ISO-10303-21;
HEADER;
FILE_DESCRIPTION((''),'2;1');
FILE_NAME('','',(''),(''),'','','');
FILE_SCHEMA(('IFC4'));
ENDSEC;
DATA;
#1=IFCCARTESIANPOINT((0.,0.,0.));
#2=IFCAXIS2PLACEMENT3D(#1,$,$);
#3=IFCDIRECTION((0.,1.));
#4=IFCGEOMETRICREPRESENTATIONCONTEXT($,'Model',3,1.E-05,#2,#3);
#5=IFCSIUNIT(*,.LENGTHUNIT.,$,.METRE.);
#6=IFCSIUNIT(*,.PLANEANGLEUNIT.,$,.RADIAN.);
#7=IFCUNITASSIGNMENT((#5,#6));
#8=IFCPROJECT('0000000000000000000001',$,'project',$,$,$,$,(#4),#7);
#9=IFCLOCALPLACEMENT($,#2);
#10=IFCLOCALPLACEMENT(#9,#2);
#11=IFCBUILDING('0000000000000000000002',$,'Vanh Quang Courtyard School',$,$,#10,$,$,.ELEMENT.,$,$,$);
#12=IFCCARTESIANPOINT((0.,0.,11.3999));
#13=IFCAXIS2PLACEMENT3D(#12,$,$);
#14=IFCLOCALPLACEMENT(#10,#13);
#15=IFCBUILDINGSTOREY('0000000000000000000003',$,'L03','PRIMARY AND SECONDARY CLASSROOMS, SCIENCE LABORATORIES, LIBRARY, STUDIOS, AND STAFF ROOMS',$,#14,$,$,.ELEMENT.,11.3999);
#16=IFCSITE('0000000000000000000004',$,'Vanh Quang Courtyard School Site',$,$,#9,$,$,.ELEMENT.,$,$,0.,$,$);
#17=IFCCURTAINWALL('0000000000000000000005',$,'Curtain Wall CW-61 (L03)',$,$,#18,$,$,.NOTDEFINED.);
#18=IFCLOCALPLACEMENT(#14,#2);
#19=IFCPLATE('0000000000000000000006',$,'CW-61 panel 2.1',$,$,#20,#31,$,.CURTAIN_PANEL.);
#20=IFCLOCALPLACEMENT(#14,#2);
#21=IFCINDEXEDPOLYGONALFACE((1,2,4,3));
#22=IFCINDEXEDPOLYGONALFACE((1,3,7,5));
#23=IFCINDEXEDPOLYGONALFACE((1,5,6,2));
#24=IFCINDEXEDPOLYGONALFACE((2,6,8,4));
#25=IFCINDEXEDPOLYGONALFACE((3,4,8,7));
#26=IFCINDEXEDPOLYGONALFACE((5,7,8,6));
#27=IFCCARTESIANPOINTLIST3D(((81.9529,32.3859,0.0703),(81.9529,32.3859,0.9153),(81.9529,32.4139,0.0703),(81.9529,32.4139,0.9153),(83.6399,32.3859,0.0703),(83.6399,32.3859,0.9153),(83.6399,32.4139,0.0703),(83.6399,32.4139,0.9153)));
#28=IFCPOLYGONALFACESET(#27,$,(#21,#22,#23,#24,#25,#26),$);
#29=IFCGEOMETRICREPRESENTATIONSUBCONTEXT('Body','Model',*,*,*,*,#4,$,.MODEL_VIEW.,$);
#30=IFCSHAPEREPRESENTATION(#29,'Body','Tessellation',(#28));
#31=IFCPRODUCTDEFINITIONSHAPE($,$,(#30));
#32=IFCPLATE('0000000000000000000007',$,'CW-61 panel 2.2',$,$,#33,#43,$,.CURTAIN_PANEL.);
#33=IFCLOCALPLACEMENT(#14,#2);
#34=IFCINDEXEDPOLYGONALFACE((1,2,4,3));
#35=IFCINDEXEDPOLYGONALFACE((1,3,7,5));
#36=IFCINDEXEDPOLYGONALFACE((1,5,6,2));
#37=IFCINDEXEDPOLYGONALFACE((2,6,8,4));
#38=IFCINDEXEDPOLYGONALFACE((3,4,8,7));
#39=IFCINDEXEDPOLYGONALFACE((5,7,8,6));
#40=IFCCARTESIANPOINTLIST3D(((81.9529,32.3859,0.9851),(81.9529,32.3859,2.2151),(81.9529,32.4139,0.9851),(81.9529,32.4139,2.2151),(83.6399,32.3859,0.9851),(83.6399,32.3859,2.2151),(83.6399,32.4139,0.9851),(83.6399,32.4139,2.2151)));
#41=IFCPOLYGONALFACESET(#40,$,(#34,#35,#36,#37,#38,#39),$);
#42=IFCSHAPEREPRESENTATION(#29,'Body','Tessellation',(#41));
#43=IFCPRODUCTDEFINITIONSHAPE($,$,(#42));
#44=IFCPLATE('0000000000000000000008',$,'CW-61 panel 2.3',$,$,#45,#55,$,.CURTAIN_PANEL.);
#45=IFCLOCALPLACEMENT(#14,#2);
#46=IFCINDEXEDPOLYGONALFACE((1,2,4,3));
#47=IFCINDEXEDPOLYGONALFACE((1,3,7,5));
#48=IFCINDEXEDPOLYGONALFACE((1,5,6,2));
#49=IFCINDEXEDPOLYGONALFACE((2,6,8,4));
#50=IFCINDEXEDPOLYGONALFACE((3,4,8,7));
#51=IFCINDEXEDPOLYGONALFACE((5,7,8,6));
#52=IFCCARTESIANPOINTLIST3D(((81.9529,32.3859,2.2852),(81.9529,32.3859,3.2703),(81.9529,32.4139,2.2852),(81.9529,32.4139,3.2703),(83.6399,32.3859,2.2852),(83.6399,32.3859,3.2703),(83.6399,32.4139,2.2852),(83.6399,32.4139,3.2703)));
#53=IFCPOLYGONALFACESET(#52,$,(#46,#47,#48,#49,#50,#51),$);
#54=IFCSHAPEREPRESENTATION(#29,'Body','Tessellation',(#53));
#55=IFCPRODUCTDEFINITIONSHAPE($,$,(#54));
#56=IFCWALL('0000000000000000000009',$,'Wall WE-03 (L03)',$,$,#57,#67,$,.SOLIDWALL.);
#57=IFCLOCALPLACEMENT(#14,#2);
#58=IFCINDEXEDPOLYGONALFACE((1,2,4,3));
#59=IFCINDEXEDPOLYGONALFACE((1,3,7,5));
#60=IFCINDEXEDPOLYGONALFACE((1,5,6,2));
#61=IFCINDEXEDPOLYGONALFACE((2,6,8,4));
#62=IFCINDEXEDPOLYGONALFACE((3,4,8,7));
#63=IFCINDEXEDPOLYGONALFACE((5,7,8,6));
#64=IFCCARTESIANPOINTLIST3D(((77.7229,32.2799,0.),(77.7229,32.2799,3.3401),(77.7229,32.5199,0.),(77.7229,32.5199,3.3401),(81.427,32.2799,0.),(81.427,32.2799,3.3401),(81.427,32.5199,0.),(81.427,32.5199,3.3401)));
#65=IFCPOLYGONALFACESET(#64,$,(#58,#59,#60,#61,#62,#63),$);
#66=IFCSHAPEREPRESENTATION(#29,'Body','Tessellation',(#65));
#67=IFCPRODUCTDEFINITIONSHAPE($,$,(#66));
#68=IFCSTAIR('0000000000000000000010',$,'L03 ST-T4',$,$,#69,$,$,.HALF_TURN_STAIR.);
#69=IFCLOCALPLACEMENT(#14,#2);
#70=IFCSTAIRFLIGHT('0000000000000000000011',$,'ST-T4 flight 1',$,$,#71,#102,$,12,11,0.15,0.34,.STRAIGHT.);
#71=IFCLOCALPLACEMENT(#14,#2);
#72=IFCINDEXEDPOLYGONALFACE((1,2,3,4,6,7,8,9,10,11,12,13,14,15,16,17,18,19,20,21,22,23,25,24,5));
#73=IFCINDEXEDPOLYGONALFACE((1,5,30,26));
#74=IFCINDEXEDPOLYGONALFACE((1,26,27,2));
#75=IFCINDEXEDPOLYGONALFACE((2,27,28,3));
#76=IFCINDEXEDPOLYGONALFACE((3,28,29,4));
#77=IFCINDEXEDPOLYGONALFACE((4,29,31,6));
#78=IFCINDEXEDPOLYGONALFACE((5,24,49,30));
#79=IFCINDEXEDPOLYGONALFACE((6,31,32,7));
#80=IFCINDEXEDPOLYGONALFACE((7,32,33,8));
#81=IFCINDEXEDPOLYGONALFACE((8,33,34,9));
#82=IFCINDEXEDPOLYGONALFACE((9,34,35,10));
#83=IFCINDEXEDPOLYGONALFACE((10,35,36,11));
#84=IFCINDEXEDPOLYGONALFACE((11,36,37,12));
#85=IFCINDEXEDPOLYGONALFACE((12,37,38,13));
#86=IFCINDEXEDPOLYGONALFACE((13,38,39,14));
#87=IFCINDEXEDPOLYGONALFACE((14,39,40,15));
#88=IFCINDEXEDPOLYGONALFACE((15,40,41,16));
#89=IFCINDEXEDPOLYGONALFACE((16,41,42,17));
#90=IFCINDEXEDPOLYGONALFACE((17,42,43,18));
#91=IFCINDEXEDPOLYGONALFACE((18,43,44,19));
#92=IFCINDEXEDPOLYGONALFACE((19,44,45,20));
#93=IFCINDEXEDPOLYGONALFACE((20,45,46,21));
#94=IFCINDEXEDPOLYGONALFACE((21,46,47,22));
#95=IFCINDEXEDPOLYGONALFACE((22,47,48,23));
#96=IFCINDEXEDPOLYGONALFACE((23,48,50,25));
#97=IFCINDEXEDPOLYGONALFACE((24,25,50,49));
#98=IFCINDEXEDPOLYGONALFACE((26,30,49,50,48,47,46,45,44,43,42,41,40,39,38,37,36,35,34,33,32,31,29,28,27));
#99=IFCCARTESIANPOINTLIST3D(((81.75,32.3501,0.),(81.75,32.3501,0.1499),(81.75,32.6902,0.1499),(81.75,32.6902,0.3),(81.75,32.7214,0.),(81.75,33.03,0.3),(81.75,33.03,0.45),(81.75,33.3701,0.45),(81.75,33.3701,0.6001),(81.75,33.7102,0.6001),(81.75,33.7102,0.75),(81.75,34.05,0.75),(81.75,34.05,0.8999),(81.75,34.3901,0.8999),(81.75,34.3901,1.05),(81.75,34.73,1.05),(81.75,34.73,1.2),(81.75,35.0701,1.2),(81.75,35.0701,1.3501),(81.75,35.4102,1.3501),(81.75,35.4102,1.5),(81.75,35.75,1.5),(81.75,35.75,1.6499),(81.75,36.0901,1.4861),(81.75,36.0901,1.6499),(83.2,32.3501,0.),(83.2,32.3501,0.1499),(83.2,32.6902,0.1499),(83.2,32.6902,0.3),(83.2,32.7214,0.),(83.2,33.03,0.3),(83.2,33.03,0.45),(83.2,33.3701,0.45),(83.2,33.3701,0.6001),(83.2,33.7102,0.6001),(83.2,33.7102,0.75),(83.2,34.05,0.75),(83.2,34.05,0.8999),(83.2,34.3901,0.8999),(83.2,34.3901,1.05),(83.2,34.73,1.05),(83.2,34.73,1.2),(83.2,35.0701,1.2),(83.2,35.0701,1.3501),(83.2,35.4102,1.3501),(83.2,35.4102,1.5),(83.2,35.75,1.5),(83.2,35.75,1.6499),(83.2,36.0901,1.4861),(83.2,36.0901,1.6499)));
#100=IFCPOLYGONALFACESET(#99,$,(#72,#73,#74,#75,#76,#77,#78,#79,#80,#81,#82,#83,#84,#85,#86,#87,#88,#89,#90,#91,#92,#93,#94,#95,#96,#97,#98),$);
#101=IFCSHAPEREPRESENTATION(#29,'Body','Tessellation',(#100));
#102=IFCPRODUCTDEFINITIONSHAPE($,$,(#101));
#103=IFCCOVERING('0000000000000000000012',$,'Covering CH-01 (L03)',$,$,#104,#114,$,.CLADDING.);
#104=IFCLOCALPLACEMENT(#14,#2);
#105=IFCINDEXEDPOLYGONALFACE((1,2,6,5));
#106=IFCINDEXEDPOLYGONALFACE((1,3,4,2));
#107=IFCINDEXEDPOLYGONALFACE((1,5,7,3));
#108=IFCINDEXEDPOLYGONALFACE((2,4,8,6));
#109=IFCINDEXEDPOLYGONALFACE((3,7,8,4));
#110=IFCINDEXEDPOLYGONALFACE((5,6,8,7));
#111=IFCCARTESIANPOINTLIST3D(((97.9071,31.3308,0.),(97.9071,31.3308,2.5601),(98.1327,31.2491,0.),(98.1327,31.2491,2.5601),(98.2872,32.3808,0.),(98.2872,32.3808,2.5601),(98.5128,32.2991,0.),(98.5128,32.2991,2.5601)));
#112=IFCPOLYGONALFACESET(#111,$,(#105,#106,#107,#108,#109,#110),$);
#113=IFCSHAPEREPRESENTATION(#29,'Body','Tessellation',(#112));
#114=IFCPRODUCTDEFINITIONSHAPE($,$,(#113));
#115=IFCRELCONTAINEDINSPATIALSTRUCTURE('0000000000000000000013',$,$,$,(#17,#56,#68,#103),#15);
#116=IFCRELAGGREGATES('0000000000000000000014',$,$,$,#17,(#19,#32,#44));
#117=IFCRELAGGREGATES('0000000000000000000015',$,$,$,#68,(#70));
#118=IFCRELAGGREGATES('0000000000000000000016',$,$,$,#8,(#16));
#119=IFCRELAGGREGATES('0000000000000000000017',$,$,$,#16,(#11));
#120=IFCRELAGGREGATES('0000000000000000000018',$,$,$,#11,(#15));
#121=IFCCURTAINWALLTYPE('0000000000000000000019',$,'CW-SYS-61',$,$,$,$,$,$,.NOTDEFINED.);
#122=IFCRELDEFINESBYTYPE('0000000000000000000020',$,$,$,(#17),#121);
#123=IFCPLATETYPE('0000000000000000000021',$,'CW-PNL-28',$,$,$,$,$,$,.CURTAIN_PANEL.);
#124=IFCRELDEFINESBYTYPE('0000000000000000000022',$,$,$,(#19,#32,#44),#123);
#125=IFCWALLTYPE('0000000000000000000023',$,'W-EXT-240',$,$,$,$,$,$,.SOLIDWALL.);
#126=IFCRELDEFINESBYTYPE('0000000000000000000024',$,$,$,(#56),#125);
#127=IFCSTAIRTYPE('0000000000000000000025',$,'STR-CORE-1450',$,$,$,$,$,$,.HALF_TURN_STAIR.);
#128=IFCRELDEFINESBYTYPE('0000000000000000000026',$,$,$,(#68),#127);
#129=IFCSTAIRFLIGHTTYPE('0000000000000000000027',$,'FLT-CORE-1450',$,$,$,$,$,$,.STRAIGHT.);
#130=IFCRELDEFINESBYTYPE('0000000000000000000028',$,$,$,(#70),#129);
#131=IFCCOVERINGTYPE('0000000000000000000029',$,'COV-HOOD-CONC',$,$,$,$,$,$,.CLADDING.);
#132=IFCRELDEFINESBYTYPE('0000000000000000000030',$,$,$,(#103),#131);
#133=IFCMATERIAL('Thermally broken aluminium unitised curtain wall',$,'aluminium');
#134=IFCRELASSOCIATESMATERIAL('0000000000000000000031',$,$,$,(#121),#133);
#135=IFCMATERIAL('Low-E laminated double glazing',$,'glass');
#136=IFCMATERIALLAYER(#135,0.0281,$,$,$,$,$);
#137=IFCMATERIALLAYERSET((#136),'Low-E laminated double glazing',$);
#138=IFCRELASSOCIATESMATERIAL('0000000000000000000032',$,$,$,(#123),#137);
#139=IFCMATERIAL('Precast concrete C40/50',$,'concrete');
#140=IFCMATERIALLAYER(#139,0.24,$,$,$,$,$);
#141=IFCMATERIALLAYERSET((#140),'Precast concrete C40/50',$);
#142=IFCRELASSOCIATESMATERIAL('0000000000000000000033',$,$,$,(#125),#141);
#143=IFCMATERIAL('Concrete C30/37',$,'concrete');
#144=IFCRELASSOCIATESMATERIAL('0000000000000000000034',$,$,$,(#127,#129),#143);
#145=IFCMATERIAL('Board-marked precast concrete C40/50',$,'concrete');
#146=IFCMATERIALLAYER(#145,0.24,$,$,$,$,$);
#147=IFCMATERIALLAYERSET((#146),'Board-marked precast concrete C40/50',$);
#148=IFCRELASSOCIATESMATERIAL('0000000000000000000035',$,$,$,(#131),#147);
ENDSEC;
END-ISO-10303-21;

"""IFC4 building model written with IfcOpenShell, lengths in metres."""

from ifc_helpers import new_model, si_unit, direction, frame, frame_2d, origin, origin_2d, place, context, subcontext, project, spatial, polyline, rectangle, outline, extrude, material, layer, layer_set, type_object, element, aggregate, save


model = new_model("IFC4")

# Units and contexts
model_context = context("Model", 3, precision=1e-05, world=origin(), true_north=direction((0.0, 1.0)))
body_context = subcontext(model_context, "Body", "Model", "MODEL_VIEW")
ifc_project = project(units=[si_unit("LENGTHUNIT", "METRE"), si_unit("PLANEANGLEUNIT", "RADIAN")], contexts=[model_context])

# Site, building, storey
site_placement = place(None, origin())
site = spatial("IfcSite", under=ifc_project, at=site_placement, Name="Vanh Quang Courtyard School Site", CompositionType="ELEMENT", RefElevation=0.0)
building_placement = place(site_placement, origin())
building = spatial("IfcBuilding", under=site, at=building_placement, Name="Vanh Quang Courtyard School", CompositionType="ELEMENT")
storey_placement = place(building_placement, frame((0.0, 0.0, 11.3999)))
storey = spatial("IfcBuildingStorey", under=building, at=storey_placement, Name="L03", Description="PRIMARY AND SECONDARY CLASSROOMS, SCIENCE LABORATORIES, LIBRARY, STUDIOS, AND STAFF ROOMS", CompositionType="ELEMENT", Elevation=11.3999)

# Curtain wall, plates
ifc_material_1 = material(Name="Thermally broken aluminium unitised curtain wall", Category="aluminium")
curtain_wall_type = type_object("IfcCurtainWallType", Name="CW-SYS-61", PredefinedType="NOTDEFINED", material=ifc_material_1)
curtain_wall_placement = place(storey_placement, origin())
curtain_wall = element("IfcCurtainWall", 1, at=curtain_wall_placement, inside=storey, type_object=curtain_wall_type, Name="Curtain Wall CW-61 (L03)", PredefinedType="NOTDEFINED")
ifc_material_2 = material(Name="Low-E laminated double glazing", Category="glass")
ifc_layer_1 = layer(ifc_material_2, 0.0281)
ifc_layer_set_1 = layer_set([ifc_layer_1], Name="Low-E laminated double glazing")
plate_type = type_object("IfcPlateType", Name="CW-PNL-28", PredefinedType="CURTAIN_PANEL", material=ifc_layer_set_1)
plate_1_placement = place(storey_placement, frame((82.7964, 32.3999, 0.0703), z_axis=(0.0, 0.0, 1.0), x_axis=(-1.0, 0.0, 0.0)))
plate_1 = element("IfcPlate", 2, at=plate_1_placement, type_object=plate_type, Name="CW-61 panel 2.1", PredefinedType="CURTAIN_PANEL", context=body_context, shape_type="SweptSolid", body=[
    extrude(rectangle(XDim=1.687, YDim=0.0281, at=origin_2d()), origin(), (0.0, 0.0, 1.0), 0.845),
])
plate_2_placement = place(storey_placement, frame((82.7964, 32.3999, 0.9851), z_axis=(0.0, 0.0, 1.0), x_axis=(-1.0, 0.0, 0.0)))
plate_2 = element("IfcPlate", 3, at=plate_2_placement, type_object=plate_type, Name="CW-61 panel 2.2", PredefinedType="CURTAIN_PANEL", context=body_context, shape_type="SweptSolid", body=[
    extrude(rectangle(XDim=1.687, YDim=0.0281, at=origin_2d()), origin(), (0.0, 0.0, 1.0), 1.23),
])
plate_3_placement = place(storey_placement, frame((82.7964, 32.3999, 2.2852), z_axis=(0.0, 0.0, 1.0), x_axis=(-1.0, 0.0, 0.0)))
plate_3 = element("IfcPlate", 4, at=plate_3_placement, type_object=plate_type, Name="CW-61 panel 2.3", PredefinedType="CURTAIN_PANEL", context=body_context, shape_type="SweptSolid", body=[
    extrude(rectangle(XDim=1.687, YDim=0.0281, at=origin_2d()), origin(), (0.0, 0.0, 1.0), 0.9851),
])
aggregate(curtain_wall, [plate_1, plate_2, plate_3])

# Wall
ifc_material_3 = material(Name="Precast concrete C40/50", Category="concrete")
ifc_layer_2 = layer(ifc_material_3, 0.24)
ifc_layer_set_2 = layer_set([ifc_layer_2], Name="Precast concrete C40/50")
wall_type = type_object("IfcWallType", Name="W-EXT-240", PredefinedType="SOLIDWALL", material=ifc_layer_set_2)
wall_placement = place(storey_placement, frame((81.427, 32.3999, 0.0), z_axis=(0.0, 0.0, 1.0), x_axis=(-1.0, 0.0, 0.0)))
element("IfcWall", 5, at=wall_placement, inside=storey, type_object=wall_type, Name="Wall WE-03 (L03)", PredefinedType="SOLIDWALL", context=body_context, shape_type="SweptSolid", body=[
    extrude(rectangle(XDim=3.7041, YDim=0.24, at=frame_2d((1.8521, 0.0))), origin(), (0.0, 0.0, 1.0), 3.3401),
])

# Stair, stair flight
ifc_material_4 = material(Name="Concrete C30/37", Category="concrete")
stair_type = type_object("IfcStairType", Name="STR-CORE-1450", PredefinedType="HALF_TURN_STAIR", material=ifc_material_4)
stair_placement = place(storey_placement, origin())
stair = element("IfcStair", 6, at=stair_placement, inside=storey, type_object=stair_type, Name="L03 ST-T4", PredefinedType="HALF_TURN_STAIR")
stair_flight_type = type_object("IfcStairFlightType", Name="FLT-CORE-1450", PredefinedType="STRAIGHT", material=ifc_material_4)
stair_flight_placement = place(storey_placement, frame((82.4751, 32.3501, 0.0), z_axis=(0.0, 0.0, 1.0), x_axis=(0.0, 1.0, 0.0)))
stair_flight = element("IfcStairFlight", 7, at=stair_flight_placement, type_object=stair_flight_type, Name="ST-T4 flight 1", NumberOfRisers=12, NumberOfTreads=11, PredefinedType="STRAIGHT", RiserHeight=0.15, TreadLength=0.34, context=body_context, shape_type="SweptSolid", body=[
    extrude(outline(polyline([(0.0, 0.0), (0.0, 0.1499), (0.3401, 0.1499), (0.3401, 0.3), (0.6799, 0.3), (0.6799, 0.45), (1.02, 0.45), (1.02, 0.6001), (1.3601, 0.6001), (1.3601, 0.75), (1.7, 0.75), (1.7, 0.8999), (2.04, 0.8999), (2.04, 1.05), (2.3799, 1.05), (2.3799, 1.2), (2.72, 1.2), (2.72, 1.3501), (3.0601, 1.3501), (3.0601, 1.5), (3.3999, 1.5), (3.3999, 1.6499), (3.74, 1.6499), (3.74, 1.8), (3.74, 1.4861), (0.3713, 0.0), (0.0, 0.0)])), frame((0.0, 0.7251, 0.0), z_axis=(0.0, -1.0, 0.0), x_axis=(1.0, 0.0, 0.0)), (0.0, 0.0, 1.0), 1.45),
])
aggregate(stair, [stair_flight])

# Covering
ifc_material_5 = material(Name="Board-marked precast concrete C40/50", Category="concrete")
ifc_layer_3 = layer(ifc_material_5, 0.24)
ifc_layer_set_3 = layer_set([ifc_layer_3], Name="Board-marked precast concrete C40/50")
covering_type = type_object("IfcCoveringType", Name="COV-HOOD-CONC", PredefinedType="CLADDING", material=ifc_layer_set_3)
covering_placement = place(storey_placement, frame((98.21, 31.8149, 0.0), z_axis=(0.0, 0.0, 1.0), x_axis=(-0.34038, -0.940288, 0.0)))
element("IfcCovering", 8, at=covering_placement, inside=storey, type_object=covering_type, Name="Covering CH-01 (L03)", PredefinedType="CLADDING", context=body_context, shape_type="SweptSolid", body=[
    extrude(rectangle(XDim=1.1167, YDim=0.24, at=origin_2d()), origin(), (0.0, 0.0, 1.0), 2.5601),
])

save(model, "model.ifc")
